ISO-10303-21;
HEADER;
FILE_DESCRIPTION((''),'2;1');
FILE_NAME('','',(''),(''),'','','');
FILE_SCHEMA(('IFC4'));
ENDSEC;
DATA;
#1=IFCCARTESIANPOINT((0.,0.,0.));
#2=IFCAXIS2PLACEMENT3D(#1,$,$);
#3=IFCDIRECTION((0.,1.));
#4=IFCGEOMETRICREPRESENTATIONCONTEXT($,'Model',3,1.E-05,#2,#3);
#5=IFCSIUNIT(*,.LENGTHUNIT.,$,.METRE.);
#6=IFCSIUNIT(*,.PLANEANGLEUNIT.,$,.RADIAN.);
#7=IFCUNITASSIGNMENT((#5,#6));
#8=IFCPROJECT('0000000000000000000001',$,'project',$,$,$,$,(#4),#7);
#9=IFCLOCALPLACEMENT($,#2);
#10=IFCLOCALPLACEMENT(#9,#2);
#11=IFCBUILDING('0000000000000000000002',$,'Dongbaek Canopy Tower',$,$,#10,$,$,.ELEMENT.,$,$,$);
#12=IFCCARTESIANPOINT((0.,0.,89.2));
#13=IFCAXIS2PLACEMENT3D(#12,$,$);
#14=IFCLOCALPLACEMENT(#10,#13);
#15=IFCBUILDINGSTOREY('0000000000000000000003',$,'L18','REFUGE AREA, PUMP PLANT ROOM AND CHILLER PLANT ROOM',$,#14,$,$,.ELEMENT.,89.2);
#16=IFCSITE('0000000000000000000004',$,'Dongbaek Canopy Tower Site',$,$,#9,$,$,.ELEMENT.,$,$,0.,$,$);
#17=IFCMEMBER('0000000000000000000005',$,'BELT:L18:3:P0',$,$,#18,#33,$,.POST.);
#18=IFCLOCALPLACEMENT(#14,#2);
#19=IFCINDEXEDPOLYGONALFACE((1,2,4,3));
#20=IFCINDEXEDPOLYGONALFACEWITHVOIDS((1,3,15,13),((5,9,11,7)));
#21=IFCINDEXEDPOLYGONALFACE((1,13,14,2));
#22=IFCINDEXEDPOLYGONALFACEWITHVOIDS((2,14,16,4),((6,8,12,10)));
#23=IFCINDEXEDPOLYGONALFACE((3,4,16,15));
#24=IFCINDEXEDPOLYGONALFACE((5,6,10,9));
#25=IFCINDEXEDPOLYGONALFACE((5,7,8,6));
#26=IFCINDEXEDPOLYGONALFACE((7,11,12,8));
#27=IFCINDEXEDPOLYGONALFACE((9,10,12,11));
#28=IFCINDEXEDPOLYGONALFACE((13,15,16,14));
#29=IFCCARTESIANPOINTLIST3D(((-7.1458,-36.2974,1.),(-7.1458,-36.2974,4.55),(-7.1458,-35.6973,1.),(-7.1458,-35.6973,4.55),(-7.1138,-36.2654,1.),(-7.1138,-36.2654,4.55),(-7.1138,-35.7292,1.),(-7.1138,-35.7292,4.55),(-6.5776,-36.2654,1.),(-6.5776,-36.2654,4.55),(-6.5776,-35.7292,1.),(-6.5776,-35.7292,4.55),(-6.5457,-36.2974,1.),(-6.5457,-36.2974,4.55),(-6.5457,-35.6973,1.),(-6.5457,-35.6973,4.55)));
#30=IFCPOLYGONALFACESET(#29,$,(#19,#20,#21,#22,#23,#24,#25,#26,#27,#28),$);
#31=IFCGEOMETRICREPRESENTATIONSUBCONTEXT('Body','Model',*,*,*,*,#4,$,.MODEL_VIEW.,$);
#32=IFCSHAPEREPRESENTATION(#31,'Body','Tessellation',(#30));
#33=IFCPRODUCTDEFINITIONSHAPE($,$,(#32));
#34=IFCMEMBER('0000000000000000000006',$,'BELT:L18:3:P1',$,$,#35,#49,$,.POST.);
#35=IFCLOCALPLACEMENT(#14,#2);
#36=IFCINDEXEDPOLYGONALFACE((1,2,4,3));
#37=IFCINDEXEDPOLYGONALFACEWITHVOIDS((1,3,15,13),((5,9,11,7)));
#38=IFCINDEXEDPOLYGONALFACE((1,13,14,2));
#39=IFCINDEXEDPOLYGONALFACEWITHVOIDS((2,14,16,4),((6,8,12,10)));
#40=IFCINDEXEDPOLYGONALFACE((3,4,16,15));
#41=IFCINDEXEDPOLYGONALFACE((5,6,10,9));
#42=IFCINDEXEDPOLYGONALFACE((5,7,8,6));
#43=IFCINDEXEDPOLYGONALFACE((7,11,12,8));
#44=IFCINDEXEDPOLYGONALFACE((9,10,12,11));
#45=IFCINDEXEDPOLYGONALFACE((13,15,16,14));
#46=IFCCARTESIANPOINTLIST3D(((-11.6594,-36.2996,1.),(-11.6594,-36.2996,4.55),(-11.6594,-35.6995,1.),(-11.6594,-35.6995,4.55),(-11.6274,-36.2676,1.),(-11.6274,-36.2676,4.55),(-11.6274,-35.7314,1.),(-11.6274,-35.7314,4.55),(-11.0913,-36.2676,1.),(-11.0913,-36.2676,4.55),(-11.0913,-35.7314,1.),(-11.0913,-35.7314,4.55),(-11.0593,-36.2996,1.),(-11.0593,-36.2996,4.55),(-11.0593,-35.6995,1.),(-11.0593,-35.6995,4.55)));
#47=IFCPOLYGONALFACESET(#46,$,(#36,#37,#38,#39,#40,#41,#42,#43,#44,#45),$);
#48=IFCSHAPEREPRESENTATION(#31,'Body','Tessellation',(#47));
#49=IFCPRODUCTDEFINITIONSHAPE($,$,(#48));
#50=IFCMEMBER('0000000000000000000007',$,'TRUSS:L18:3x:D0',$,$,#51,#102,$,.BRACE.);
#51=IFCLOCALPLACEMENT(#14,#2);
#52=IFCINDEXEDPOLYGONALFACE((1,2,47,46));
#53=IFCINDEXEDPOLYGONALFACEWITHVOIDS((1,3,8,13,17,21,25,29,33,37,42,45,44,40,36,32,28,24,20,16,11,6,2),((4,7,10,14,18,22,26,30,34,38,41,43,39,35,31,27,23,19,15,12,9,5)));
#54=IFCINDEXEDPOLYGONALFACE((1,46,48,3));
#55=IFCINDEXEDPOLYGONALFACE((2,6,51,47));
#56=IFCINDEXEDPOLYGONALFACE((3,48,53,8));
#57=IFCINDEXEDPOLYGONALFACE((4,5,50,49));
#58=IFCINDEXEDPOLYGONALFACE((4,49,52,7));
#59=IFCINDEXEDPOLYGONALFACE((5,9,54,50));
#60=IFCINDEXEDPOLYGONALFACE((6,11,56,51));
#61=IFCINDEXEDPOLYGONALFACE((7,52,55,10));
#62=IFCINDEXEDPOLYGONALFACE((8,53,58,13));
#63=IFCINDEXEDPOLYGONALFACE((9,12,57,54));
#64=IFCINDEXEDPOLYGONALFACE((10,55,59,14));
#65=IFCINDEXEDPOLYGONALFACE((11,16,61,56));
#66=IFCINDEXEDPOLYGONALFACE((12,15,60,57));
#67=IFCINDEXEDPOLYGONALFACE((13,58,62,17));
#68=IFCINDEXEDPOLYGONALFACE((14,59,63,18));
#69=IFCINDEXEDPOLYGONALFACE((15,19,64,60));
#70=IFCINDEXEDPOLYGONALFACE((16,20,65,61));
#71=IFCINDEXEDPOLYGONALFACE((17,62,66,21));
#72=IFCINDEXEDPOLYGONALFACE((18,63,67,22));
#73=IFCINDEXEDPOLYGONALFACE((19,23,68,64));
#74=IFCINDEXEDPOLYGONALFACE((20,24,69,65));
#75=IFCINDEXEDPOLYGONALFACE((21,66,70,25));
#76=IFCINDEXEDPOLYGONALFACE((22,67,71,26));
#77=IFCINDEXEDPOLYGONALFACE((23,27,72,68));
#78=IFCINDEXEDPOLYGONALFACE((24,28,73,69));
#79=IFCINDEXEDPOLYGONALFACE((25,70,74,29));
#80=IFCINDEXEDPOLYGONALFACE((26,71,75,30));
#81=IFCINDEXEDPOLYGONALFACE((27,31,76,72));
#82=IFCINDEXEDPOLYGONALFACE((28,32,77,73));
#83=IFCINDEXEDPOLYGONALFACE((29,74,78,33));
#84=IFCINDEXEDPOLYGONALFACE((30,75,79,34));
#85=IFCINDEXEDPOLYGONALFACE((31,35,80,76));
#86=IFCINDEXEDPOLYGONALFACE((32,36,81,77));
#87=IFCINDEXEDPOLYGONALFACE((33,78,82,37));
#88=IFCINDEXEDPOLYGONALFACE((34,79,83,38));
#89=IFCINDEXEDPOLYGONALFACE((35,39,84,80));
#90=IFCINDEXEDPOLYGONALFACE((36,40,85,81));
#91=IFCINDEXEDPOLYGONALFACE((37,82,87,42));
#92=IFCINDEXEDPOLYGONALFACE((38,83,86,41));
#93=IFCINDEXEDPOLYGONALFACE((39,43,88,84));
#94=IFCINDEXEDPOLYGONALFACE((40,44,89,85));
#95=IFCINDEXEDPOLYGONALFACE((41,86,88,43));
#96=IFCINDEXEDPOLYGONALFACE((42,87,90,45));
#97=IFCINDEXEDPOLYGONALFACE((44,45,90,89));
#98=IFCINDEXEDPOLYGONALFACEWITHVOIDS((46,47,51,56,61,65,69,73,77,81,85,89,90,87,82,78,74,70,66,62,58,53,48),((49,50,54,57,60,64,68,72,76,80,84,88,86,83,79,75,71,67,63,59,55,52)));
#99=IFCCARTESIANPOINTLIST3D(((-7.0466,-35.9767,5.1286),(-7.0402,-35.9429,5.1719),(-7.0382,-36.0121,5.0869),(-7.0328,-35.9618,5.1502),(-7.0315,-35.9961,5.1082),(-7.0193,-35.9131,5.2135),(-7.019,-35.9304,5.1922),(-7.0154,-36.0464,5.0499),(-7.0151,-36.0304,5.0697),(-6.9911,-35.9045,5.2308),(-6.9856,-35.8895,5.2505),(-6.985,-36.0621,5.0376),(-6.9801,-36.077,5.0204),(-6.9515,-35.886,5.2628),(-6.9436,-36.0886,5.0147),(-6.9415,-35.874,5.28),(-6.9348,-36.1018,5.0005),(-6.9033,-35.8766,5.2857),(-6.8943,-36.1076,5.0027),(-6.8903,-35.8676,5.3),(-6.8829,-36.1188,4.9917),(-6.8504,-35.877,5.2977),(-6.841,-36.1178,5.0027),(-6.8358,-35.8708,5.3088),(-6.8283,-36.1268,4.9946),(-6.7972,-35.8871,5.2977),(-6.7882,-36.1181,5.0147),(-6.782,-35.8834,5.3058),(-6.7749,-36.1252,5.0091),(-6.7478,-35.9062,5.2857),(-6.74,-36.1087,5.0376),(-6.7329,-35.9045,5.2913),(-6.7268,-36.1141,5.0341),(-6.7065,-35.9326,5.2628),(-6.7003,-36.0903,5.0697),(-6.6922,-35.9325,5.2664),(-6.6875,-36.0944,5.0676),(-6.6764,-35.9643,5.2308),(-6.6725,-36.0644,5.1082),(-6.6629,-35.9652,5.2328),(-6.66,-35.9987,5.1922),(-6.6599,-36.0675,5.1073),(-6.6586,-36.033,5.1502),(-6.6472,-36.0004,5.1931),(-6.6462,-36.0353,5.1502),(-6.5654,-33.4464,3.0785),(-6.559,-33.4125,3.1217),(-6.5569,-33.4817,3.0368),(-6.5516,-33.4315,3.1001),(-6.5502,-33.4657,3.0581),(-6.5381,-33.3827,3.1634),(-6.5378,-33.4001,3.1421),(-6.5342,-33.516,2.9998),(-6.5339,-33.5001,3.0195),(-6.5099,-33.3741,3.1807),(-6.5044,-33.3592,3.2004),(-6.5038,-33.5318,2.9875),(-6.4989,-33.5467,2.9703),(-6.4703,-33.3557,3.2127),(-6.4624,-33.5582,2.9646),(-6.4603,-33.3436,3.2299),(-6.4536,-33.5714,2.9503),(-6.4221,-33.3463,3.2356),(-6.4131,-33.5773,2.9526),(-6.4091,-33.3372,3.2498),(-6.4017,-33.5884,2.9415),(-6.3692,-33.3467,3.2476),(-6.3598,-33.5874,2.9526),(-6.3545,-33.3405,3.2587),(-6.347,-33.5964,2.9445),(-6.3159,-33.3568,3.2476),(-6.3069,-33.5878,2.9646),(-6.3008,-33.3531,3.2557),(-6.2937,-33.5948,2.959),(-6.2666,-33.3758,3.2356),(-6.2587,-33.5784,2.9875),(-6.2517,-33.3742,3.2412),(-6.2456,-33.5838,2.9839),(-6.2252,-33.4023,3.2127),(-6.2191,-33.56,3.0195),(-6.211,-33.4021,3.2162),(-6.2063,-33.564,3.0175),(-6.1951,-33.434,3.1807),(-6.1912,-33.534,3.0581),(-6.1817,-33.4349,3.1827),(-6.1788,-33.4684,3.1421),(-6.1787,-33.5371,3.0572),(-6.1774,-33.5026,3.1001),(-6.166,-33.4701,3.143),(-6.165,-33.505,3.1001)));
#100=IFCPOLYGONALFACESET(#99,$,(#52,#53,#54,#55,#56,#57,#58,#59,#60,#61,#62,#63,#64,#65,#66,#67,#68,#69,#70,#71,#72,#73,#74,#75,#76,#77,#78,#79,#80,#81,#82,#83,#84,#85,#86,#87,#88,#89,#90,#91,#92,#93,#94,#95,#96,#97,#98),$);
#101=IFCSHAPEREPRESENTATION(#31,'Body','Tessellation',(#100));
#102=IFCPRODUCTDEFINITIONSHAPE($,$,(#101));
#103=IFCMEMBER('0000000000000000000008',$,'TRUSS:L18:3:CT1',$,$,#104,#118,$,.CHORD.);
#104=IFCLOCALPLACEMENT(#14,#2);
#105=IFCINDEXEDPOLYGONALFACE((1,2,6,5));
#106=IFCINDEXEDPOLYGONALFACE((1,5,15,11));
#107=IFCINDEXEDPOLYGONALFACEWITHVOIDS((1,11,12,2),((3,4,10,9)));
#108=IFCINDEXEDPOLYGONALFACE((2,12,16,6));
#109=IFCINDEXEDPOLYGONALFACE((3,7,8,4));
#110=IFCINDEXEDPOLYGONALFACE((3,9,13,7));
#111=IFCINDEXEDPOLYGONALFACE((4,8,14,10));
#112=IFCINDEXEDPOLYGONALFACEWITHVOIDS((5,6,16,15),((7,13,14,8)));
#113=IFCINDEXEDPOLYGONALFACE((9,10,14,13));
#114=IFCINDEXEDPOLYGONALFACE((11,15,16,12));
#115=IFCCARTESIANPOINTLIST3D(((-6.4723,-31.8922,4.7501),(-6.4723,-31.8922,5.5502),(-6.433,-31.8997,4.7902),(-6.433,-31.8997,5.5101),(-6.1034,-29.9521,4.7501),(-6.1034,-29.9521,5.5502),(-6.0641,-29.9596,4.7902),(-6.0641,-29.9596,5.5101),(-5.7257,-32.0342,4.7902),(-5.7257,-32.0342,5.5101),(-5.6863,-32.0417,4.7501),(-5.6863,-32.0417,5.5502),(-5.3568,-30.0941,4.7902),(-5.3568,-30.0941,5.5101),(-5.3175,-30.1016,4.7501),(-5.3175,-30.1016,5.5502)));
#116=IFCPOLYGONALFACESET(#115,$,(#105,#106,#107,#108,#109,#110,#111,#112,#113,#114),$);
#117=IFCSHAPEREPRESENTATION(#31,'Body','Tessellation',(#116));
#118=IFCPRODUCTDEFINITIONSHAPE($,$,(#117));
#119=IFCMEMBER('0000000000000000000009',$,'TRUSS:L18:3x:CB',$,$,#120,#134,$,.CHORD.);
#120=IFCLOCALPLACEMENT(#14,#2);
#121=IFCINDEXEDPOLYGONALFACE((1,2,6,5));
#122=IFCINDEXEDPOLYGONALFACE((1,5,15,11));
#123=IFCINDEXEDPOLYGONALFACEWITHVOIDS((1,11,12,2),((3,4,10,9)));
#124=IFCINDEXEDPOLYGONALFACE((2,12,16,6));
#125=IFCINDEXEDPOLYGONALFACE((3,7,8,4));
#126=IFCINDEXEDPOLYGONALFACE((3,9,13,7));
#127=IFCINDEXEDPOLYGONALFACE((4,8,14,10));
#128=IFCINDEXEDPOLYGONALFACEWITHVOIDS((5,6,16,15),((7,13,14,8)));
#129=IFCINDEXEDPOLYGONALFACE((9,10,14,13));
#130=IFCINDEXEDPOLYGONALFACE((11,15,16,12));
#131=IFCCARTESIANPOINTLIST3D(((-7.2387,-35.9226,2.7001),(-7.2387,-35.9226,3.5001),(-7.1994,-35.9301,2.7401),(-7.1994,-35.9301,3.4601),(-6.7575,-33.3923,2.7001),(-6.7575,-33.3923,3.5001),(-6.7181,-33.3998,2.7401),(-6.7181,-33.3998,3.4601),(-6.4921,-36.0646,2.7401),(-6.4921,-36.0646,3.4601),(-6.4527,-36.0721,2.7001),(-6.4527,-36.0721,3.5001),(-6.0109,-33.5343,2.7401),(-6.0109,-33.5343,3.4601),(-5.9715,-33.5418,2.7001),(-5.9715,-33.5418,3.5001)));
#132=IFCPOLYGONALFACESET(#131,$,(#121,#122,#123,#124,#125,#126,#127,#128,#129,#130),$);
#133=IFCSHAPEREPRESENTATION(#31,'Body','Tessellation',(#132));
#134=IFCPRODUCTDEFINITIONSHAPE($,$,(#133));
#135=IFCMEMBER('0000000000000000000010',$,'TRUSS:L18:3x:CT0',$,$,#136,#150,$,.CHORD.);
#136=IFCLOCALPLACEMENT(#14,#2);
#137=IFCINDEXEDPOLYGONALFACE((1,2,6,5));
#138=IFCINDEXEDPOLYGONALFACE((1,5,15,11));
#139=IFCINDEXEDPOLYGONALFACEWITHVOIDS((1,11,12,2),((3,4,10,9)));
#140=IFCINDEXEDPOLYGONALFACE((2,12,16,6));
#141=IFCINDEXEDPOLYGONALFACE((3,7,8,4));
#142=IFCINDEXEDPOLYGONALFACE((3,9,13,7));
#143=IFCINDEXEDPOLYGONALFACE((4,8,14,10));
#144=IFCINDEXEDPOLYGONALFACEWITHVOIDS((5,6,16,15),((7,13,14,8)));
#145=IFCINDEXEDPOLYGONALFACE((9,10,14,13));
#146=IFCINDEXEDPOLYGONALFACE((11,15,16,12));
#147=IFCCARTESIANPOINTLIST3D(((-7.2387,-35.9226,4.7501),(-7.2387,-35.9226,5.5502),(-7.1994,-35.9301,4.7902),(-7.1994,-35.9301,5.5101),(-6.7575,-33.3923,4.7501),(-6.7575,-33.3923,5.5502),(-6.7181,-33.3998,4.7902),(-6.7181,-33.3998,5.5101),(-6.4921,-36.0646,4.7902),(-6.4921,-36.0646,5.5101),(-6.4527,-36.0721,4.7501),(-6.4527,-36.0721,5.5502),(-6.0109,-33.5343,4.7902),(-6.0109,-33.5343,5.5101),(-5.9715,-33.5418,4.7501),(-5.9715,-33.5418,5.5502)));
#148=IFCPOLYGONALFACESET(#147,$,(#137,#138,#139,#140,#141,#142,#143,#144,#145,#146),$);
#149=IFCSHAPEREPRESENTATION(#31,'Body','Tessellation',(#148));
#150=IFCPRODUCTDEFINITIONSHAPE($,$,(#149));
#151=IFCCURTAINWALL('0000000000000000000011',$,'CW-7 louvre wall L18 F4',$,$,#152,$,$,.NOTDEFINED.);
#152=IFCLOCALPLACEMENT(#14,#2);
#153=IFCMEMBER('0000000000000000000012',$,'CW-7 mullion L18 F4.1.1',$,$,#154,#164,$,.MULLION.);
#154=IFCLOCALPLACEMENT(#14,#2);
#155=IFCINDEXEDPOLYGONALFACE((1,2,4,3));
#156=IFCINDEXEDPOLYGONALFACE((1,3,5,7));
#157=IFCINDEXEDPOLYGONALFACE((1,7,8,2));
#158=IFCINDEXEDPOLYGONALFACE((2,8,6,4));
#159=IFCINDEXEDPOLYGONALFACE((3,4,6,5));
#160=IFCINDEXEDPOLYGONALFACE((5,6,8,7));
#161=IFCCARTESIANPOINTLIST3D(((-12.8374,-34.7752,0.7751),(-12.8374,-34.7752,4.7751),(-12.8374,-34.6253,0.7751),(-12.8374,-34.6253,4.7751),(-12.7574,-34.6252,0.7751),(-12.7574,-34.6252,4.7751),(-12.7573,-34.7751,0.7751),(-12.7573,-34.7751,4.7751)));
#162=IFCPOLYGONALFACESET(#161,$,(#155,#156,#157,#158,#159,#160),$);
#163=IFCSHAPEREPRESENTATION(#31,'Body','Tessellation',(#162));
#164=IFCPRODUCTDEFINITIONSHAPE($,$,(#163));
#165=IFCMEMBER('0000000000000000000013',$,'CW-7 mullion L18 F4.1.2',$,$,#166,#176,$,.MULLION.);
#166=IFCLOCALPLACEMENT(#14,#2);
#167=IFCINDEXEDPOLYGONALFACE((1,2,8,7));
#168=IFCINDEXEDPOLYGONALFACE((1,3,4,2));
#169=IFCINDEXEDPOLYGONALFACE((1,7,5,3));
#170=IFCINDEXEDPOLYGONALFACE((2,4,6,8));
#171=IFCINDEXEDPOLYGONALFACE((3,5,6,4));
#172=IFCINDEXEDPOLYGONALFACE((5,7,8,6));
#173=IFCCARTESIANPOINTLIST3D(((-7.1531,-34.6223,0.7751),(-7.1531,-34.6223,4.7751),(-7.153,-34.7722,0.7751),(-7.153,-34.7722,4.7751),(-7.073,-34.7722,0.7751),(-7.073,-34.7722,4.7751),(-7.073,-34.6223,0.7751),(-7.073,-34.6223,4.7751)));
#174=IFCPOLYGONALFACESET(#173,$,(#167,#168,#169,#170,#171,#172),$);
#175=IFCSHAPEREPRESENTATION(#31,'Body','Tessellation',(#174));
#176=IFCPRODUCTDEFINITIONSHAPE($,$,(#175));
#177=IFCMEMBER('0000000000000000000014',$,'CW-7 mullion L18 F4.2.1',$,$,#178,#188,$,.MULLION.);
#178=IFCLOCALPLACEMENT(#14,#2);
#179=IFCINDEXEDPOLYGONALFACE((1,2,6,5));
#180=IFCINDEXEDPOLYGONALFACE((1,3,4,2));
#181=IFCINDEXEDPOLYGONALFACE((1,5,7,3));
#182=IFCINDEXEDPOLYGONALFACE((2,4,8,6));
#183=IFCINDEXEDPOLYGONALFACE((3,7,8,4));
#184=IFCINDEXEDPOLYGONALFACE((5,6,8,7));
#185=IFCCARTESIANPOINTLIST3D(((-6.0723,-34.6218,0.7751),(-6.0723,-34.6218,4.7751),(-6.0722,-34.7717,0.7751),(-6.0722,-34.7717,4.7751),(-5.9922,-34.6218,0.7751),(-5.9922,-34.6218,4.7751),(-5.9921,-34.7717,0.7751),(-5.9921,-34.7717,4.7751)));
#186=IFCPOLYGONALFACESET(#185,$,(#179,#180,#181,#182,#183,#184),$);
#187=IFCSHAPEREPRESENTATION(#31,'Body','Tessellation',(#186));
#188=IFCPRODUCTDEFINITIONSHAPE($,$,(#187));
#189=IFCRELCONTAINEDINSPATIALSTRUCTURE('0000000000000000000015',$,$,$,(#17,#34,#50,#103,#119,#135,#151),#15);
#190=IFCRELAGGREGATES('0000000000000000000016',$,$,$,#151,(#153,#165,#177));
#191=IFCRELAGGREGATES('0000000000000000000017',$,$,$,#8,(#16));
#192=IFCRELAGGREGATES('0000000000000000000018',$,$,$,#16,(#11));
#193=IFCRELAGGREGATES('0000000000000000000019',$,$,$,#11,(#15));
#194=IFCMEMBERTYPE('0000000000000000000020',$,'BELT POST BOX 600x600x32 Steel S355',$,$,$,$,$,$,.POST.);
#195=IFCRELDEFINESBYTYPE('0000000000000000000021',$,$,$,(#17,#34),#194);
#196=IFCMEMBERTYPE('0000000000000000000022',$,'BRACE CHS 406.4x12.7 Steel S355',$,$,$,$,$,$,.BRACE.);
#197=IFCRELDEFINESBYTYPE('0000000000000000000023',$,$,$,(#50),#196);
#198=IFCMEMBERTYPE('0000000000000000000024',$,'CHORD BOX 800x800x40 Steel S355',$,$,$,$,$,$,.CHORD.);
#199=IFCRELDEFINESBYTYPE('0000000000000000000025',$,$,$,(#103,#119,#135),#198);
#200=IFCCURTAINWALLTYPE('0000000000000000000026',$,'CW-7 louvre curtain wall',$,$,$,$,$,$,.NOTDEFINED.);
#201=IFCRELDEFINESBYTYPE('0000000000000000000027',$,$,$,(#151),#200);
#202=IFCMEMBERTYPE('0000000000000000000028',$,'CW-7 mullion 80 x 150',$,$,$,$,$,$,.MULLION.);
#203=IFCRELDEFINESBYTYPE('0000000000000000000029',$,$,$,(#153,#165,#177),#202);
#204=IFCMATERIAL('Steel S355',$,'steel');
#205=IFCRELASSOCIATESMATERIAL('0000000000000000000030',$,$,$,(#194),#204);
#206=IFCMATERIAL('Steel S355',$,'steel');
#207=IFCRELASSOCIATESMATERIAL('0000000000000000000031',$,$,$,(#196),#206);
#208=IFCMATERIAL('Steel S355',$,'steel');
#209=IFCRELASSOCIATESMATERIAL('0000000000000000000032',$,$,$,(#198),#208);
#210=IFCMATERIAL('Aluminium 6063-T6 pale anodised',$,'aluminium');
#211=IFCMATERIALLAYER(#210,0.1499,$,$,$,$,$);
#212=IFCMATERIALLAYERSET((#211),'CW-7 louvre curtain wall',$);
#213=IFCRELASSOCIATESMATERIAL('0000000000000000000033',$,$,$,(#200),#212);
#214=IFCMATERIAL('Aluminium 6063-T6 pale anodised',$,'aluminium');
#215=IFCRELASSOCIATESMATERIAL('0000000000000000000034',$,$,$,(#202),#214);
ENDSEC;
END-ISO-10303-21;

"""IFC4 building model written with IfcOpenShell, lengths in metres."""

from ifc_helpers import new_model, si_unit, direction, frame, origin, origin_2d, place, context, subcontext, project, spatial, rectangle, hollow_rectangle, hollow_circle, extrude, material, layer, layer_set, material_profile, profile_set, type_object, element, aggregate, save


model = new_model("IFC4")

# Units and contexts
model_context = context("Model", 3, precision=1e-05, world=origin(), true_north=direction((0.0, 1.0)))
body_context = subcontext(model_context, "Body", "Model", "MODEL_VIEW")
ifc_project = project(units=[si_unit("LENGTHUNIT", "METRE"), si_unit("PLANEANGLEUNIT", "RADIAN")], contexts=[model_context])

# Site, building, storey
site_placement = place(None, origin())
site = spatial("IfcSite", under=ifc_project, at=site_placement, Name="Dongbaek Canopy Tower Site", CompositionType="ELEMENT", RefElevation=0.0)
building_placement = place(site_placement, origin())
building = spatial("IfcBuilding", under=site, at=building_placement, Name="Dongbaek Canopy Tower", CompositionType="ELEMENT")
storey_placement = place(building_placement, frame((0.0, 0.0, 89.2)))
storey = spatial("IfcBuildingStorey", under=building, at=storey_placement, Name="L18", Description="REFUGE AREA, PUMP PLANT ROOM AND CHILLER PLANT ROOM", CompositionType="ELEMENT", Elevation=89.2)

# Members
ifc_material_1 = material(Name="Steel S355", Category="steel")
ifc_material_profile_1 = material_profile(ifc_material_1, hollow_rectangle(XDim=0.6001, YDim=0.6001, WallThickness=0.032, at=origin_2d()), Name="BELT POST BOX 600x600x32 Steel S355")
ifc_profile_set_1 = profile_set([ifc_material_profile_1], Name="Steel S355")
member_type_1 = type_object("IfcMemberType", Name="BELT POST BOX 600x600x32 Steel S355", PredefinedType="POST", material=ifc_profile_set_1)
for number, where, z_axis, x_axis, name in (
    (1, (-6.8457, -35.9973, 1.0), (0.0, 0.0, 1.0), (1.0, 0.0, 0.0), "BELT:L18:3:P0"),
    (2, (-11.3594, -35.9995, 1.0), (0.0, 0.0, 1.0), (1.0, 0.0, 0.0), "BELT:L18:3:P1"),
):
    element("IfcMember", number, at=place(storey_placement, frame(where, z_axis=z_axis, x_axis=x_axis)), inside=storey, type_object=member_type_1, Name=name, PredefinedType="POST", context=body_context, shape_type="SweptSolid", body=[
        extrude(hollow_rectangle(XDim=0.6001, YDim=0.6001, WallThickness=0.032, at=origin_2d()), origin(), (0.0, 0.0, 1.0), 3.55),
    ])
ifc_material_2 = material(Name="Steel S355", Category="steel")
ifc_material_profile_2 = material_profile(ifc_material_2, hollow_circle(Radius=0.2031, WallThickness=0.0127, at=origin_2d()), Name="BRACE CHS 406.4x12.7 Steel S355")
ifc_profile_set_2 = profile_set([ifc_material_profile_2], Name="Steel S355")
member_type_2 = type_object("IfcMemberType", Name="BRACE CHS 406.4x12.7 Steel S355", PredefinedType="BRACE", material=ifc_profile_set_2)
member_1_placement = place(storey_placement, frame((-6.3645, -33.467, 3.1001), z_axis=(-0.146178, -0.768639, 0.622757), x_axis=(0.982392, -0.186829, 0.0)))
element("IfcMember", 3, at=member_1_placement, inside=storey, type_object=member_type_2, Name="TRUSS:L18:3x:D0", PredefinedType="BRACE", context=body_context, shape_type="SweptSolid", body=[
    extrude(hollow_circle(Radius=0.2031, WallThickness=0.0127, at=origin_2d()), origin(), (0.0, 0.0, 1.0), 3.292),
])
ifc_material_3 = material(Name="Steel S355", Category="steel")
ifc_material_profile_3 = material_profile(ifc_material_3, hollow_rectangle(XDim=0.8, YDim=0.8, WallThickness=0.04, at=origin_2d()), Name="CHORD BOX 800x800x40 Steel S355")
ifc_profile_set_3 = profile_set([ifc_material_profile_3], Name="Steel S355")
member_type_3 = type_object("IfcMemberType", Name="CHORD BOX 800x800x40 Steel S355", PredefinedType="CHORD", material=ifc_profile_set_3)
member_2_placement = place(storey_placement, frame((-5.7104, -30.0269, 5.1501), z_axis=(-0.186788, -0.9824, 0.0), x_axis=(0.9824, -0.186788, 0.0)))
element("IfcMember", 4, at=member_2_placement, inside=storey, type_object=member_type_3, Name="TRUSS:L18:3:CT1", PredefinedType="CHORD", context=body_context, shape_type="SweptSolid", body=[
    extrude(hollow_rectangle(XDim=0.8, YDim=0.8, WallThickness=0.04, at=origin_2d()), origin(), (0.0, 0.0, 1.0), 1.9749),
])
for number, where, z_axis, x_axis, name in (
    (5, (-6.3645, -33.467, 3.1001), (-0.186829, -0.982392, 0.0), (0.982392, -0.186829, 0.0), "TRUSS:L18:3x:CB"),
    (6, (-6.3645, -33.467, 5.1501), (-0.186829, -0.982392, 0.0), (0.982392, -0.186829, 0.0), "TRUSS:L18:3x:CT0"),
):
    element("IfcMember", number, at=place(storey_placement, frame(where, z_axis=z_axis, x_axis=x_axis)), inside=storey, type_object=member_type_3, Name=name, PredefinedType="CHORD", context=body_context, shape_type="SweptSolid", body=[
        extrude(hollow_rectangle(XDim=0.8, YDim=0.8, WallThickness=0.04, at=origin_2d()), origin(), (0.0, 0.0, 1.0), 2.5757),
    ])

# Curtain wall, members
ifc_material_4 = material(Name="Aluminium 6063-T6 pale anodised", Category="aluminium")
ifc_layer_1 = layer(ifc_material_4, 0.1499)
ifc_layer_set_1 = layer_set([ifc_layer_1], Name="CW-7 louvre curtain wall")
curtain_wall_type = type_object("IfcCurtainWallType", Name="CW-7 louvre curtain wall", PredefinedType="NOTDEFINED", material=ifc_layer_set_1)
curtain_wall_placement = place(storey_placement, origin())
curtain_wall = element("IfcCurtainWall", 7, at=curtain_wall_placement, inside=storey, type_object=curtain_wall_type, Name="CW-7 louvre wall L18 F4", PredefinedType="NOTDEFINED")
ifc_material_5 = material(Name="Aluminium 6063-T6 pale anodised", Category="aluminium")
ifc_material_profile_4 = material_profile(ifc_material_5, rectangle(XDim=0.1499, YDim=0.0801, at=origin_2d()), Name="CW-7 mullion 80 x 150")
ifc_profile_set_4 = profile_set([ifc_material_profile_4], Name="Aluminium 6063-T6 pale anodised")
member_type_4 = type_object("IfcMemberType", Name="CW-7 mullion 80 x 150", PredefinedType="MULLION", material=ifc_profile_set_4)
member_3_placement = place(storey_placement, frame((-12.7974, -34.7002, 0.7751), z_axis=(0.0, 0.0, 1.0), x_axis=(0.000524, -1.0, 0.0)))
member_3 = element("IfcMember", 8, at=member_3_placement, type_object=member_type_4, Name="CW-7 mullion L18 F4.1.1", PredefinedType="MULLION", context=body_context, shape_type="SweptSolid", body=[
    extrude(rectangle(XDim=0.1499, YDim=0.0801, at=origin_2d()), origin(), (0.0, 0.0, 1.0), 4.0),
])
member_4_placement = place(storey_placement, frame((-7.113, -34.6973, 0.7751), z_axis=(0.0, 0.0, 1.0), x_axis=(0.000524, -1.0, 0.0)))
member_4 = element("IfcMember", 9, at=member_4_placement, type_object=member_type_4, Name="CW-7 mullion L18 F4.1.2", PredefinedType="MULLION", context=body_context, shape_type="SweptSolid", body=[
    extrude(rectangle(XDim=0.1499, YDim=0.0801, at=origin_2d()), origin(), (0.0, 0.0, 1.0), 4.0),
])
member_5_placement = place(storey_placement, frame((-6.0322, -34.6968, 0.7751), z_axis=(0.0, 0.0, 1.0), x_axis=(0.000524, -1.0, 0.0)))
member_5 = element("IfcMember", 10, at=member_5_placement, type_object=member_type_4, Name="CW-7 mullion L18 F4.2.1", PredefinedType="MULLION", context=body_context, shape_type="SweptSolid", body=[
    extrude(rectangle(XDim=0.1499, YDim=0.0801, at=origin_2d()), origin(), (0.0, 0.0, 1.0), 4.0),
])

aggregate(curtain_wall, [member_3, member_4, member_5])

save(model, "model.ifc")
